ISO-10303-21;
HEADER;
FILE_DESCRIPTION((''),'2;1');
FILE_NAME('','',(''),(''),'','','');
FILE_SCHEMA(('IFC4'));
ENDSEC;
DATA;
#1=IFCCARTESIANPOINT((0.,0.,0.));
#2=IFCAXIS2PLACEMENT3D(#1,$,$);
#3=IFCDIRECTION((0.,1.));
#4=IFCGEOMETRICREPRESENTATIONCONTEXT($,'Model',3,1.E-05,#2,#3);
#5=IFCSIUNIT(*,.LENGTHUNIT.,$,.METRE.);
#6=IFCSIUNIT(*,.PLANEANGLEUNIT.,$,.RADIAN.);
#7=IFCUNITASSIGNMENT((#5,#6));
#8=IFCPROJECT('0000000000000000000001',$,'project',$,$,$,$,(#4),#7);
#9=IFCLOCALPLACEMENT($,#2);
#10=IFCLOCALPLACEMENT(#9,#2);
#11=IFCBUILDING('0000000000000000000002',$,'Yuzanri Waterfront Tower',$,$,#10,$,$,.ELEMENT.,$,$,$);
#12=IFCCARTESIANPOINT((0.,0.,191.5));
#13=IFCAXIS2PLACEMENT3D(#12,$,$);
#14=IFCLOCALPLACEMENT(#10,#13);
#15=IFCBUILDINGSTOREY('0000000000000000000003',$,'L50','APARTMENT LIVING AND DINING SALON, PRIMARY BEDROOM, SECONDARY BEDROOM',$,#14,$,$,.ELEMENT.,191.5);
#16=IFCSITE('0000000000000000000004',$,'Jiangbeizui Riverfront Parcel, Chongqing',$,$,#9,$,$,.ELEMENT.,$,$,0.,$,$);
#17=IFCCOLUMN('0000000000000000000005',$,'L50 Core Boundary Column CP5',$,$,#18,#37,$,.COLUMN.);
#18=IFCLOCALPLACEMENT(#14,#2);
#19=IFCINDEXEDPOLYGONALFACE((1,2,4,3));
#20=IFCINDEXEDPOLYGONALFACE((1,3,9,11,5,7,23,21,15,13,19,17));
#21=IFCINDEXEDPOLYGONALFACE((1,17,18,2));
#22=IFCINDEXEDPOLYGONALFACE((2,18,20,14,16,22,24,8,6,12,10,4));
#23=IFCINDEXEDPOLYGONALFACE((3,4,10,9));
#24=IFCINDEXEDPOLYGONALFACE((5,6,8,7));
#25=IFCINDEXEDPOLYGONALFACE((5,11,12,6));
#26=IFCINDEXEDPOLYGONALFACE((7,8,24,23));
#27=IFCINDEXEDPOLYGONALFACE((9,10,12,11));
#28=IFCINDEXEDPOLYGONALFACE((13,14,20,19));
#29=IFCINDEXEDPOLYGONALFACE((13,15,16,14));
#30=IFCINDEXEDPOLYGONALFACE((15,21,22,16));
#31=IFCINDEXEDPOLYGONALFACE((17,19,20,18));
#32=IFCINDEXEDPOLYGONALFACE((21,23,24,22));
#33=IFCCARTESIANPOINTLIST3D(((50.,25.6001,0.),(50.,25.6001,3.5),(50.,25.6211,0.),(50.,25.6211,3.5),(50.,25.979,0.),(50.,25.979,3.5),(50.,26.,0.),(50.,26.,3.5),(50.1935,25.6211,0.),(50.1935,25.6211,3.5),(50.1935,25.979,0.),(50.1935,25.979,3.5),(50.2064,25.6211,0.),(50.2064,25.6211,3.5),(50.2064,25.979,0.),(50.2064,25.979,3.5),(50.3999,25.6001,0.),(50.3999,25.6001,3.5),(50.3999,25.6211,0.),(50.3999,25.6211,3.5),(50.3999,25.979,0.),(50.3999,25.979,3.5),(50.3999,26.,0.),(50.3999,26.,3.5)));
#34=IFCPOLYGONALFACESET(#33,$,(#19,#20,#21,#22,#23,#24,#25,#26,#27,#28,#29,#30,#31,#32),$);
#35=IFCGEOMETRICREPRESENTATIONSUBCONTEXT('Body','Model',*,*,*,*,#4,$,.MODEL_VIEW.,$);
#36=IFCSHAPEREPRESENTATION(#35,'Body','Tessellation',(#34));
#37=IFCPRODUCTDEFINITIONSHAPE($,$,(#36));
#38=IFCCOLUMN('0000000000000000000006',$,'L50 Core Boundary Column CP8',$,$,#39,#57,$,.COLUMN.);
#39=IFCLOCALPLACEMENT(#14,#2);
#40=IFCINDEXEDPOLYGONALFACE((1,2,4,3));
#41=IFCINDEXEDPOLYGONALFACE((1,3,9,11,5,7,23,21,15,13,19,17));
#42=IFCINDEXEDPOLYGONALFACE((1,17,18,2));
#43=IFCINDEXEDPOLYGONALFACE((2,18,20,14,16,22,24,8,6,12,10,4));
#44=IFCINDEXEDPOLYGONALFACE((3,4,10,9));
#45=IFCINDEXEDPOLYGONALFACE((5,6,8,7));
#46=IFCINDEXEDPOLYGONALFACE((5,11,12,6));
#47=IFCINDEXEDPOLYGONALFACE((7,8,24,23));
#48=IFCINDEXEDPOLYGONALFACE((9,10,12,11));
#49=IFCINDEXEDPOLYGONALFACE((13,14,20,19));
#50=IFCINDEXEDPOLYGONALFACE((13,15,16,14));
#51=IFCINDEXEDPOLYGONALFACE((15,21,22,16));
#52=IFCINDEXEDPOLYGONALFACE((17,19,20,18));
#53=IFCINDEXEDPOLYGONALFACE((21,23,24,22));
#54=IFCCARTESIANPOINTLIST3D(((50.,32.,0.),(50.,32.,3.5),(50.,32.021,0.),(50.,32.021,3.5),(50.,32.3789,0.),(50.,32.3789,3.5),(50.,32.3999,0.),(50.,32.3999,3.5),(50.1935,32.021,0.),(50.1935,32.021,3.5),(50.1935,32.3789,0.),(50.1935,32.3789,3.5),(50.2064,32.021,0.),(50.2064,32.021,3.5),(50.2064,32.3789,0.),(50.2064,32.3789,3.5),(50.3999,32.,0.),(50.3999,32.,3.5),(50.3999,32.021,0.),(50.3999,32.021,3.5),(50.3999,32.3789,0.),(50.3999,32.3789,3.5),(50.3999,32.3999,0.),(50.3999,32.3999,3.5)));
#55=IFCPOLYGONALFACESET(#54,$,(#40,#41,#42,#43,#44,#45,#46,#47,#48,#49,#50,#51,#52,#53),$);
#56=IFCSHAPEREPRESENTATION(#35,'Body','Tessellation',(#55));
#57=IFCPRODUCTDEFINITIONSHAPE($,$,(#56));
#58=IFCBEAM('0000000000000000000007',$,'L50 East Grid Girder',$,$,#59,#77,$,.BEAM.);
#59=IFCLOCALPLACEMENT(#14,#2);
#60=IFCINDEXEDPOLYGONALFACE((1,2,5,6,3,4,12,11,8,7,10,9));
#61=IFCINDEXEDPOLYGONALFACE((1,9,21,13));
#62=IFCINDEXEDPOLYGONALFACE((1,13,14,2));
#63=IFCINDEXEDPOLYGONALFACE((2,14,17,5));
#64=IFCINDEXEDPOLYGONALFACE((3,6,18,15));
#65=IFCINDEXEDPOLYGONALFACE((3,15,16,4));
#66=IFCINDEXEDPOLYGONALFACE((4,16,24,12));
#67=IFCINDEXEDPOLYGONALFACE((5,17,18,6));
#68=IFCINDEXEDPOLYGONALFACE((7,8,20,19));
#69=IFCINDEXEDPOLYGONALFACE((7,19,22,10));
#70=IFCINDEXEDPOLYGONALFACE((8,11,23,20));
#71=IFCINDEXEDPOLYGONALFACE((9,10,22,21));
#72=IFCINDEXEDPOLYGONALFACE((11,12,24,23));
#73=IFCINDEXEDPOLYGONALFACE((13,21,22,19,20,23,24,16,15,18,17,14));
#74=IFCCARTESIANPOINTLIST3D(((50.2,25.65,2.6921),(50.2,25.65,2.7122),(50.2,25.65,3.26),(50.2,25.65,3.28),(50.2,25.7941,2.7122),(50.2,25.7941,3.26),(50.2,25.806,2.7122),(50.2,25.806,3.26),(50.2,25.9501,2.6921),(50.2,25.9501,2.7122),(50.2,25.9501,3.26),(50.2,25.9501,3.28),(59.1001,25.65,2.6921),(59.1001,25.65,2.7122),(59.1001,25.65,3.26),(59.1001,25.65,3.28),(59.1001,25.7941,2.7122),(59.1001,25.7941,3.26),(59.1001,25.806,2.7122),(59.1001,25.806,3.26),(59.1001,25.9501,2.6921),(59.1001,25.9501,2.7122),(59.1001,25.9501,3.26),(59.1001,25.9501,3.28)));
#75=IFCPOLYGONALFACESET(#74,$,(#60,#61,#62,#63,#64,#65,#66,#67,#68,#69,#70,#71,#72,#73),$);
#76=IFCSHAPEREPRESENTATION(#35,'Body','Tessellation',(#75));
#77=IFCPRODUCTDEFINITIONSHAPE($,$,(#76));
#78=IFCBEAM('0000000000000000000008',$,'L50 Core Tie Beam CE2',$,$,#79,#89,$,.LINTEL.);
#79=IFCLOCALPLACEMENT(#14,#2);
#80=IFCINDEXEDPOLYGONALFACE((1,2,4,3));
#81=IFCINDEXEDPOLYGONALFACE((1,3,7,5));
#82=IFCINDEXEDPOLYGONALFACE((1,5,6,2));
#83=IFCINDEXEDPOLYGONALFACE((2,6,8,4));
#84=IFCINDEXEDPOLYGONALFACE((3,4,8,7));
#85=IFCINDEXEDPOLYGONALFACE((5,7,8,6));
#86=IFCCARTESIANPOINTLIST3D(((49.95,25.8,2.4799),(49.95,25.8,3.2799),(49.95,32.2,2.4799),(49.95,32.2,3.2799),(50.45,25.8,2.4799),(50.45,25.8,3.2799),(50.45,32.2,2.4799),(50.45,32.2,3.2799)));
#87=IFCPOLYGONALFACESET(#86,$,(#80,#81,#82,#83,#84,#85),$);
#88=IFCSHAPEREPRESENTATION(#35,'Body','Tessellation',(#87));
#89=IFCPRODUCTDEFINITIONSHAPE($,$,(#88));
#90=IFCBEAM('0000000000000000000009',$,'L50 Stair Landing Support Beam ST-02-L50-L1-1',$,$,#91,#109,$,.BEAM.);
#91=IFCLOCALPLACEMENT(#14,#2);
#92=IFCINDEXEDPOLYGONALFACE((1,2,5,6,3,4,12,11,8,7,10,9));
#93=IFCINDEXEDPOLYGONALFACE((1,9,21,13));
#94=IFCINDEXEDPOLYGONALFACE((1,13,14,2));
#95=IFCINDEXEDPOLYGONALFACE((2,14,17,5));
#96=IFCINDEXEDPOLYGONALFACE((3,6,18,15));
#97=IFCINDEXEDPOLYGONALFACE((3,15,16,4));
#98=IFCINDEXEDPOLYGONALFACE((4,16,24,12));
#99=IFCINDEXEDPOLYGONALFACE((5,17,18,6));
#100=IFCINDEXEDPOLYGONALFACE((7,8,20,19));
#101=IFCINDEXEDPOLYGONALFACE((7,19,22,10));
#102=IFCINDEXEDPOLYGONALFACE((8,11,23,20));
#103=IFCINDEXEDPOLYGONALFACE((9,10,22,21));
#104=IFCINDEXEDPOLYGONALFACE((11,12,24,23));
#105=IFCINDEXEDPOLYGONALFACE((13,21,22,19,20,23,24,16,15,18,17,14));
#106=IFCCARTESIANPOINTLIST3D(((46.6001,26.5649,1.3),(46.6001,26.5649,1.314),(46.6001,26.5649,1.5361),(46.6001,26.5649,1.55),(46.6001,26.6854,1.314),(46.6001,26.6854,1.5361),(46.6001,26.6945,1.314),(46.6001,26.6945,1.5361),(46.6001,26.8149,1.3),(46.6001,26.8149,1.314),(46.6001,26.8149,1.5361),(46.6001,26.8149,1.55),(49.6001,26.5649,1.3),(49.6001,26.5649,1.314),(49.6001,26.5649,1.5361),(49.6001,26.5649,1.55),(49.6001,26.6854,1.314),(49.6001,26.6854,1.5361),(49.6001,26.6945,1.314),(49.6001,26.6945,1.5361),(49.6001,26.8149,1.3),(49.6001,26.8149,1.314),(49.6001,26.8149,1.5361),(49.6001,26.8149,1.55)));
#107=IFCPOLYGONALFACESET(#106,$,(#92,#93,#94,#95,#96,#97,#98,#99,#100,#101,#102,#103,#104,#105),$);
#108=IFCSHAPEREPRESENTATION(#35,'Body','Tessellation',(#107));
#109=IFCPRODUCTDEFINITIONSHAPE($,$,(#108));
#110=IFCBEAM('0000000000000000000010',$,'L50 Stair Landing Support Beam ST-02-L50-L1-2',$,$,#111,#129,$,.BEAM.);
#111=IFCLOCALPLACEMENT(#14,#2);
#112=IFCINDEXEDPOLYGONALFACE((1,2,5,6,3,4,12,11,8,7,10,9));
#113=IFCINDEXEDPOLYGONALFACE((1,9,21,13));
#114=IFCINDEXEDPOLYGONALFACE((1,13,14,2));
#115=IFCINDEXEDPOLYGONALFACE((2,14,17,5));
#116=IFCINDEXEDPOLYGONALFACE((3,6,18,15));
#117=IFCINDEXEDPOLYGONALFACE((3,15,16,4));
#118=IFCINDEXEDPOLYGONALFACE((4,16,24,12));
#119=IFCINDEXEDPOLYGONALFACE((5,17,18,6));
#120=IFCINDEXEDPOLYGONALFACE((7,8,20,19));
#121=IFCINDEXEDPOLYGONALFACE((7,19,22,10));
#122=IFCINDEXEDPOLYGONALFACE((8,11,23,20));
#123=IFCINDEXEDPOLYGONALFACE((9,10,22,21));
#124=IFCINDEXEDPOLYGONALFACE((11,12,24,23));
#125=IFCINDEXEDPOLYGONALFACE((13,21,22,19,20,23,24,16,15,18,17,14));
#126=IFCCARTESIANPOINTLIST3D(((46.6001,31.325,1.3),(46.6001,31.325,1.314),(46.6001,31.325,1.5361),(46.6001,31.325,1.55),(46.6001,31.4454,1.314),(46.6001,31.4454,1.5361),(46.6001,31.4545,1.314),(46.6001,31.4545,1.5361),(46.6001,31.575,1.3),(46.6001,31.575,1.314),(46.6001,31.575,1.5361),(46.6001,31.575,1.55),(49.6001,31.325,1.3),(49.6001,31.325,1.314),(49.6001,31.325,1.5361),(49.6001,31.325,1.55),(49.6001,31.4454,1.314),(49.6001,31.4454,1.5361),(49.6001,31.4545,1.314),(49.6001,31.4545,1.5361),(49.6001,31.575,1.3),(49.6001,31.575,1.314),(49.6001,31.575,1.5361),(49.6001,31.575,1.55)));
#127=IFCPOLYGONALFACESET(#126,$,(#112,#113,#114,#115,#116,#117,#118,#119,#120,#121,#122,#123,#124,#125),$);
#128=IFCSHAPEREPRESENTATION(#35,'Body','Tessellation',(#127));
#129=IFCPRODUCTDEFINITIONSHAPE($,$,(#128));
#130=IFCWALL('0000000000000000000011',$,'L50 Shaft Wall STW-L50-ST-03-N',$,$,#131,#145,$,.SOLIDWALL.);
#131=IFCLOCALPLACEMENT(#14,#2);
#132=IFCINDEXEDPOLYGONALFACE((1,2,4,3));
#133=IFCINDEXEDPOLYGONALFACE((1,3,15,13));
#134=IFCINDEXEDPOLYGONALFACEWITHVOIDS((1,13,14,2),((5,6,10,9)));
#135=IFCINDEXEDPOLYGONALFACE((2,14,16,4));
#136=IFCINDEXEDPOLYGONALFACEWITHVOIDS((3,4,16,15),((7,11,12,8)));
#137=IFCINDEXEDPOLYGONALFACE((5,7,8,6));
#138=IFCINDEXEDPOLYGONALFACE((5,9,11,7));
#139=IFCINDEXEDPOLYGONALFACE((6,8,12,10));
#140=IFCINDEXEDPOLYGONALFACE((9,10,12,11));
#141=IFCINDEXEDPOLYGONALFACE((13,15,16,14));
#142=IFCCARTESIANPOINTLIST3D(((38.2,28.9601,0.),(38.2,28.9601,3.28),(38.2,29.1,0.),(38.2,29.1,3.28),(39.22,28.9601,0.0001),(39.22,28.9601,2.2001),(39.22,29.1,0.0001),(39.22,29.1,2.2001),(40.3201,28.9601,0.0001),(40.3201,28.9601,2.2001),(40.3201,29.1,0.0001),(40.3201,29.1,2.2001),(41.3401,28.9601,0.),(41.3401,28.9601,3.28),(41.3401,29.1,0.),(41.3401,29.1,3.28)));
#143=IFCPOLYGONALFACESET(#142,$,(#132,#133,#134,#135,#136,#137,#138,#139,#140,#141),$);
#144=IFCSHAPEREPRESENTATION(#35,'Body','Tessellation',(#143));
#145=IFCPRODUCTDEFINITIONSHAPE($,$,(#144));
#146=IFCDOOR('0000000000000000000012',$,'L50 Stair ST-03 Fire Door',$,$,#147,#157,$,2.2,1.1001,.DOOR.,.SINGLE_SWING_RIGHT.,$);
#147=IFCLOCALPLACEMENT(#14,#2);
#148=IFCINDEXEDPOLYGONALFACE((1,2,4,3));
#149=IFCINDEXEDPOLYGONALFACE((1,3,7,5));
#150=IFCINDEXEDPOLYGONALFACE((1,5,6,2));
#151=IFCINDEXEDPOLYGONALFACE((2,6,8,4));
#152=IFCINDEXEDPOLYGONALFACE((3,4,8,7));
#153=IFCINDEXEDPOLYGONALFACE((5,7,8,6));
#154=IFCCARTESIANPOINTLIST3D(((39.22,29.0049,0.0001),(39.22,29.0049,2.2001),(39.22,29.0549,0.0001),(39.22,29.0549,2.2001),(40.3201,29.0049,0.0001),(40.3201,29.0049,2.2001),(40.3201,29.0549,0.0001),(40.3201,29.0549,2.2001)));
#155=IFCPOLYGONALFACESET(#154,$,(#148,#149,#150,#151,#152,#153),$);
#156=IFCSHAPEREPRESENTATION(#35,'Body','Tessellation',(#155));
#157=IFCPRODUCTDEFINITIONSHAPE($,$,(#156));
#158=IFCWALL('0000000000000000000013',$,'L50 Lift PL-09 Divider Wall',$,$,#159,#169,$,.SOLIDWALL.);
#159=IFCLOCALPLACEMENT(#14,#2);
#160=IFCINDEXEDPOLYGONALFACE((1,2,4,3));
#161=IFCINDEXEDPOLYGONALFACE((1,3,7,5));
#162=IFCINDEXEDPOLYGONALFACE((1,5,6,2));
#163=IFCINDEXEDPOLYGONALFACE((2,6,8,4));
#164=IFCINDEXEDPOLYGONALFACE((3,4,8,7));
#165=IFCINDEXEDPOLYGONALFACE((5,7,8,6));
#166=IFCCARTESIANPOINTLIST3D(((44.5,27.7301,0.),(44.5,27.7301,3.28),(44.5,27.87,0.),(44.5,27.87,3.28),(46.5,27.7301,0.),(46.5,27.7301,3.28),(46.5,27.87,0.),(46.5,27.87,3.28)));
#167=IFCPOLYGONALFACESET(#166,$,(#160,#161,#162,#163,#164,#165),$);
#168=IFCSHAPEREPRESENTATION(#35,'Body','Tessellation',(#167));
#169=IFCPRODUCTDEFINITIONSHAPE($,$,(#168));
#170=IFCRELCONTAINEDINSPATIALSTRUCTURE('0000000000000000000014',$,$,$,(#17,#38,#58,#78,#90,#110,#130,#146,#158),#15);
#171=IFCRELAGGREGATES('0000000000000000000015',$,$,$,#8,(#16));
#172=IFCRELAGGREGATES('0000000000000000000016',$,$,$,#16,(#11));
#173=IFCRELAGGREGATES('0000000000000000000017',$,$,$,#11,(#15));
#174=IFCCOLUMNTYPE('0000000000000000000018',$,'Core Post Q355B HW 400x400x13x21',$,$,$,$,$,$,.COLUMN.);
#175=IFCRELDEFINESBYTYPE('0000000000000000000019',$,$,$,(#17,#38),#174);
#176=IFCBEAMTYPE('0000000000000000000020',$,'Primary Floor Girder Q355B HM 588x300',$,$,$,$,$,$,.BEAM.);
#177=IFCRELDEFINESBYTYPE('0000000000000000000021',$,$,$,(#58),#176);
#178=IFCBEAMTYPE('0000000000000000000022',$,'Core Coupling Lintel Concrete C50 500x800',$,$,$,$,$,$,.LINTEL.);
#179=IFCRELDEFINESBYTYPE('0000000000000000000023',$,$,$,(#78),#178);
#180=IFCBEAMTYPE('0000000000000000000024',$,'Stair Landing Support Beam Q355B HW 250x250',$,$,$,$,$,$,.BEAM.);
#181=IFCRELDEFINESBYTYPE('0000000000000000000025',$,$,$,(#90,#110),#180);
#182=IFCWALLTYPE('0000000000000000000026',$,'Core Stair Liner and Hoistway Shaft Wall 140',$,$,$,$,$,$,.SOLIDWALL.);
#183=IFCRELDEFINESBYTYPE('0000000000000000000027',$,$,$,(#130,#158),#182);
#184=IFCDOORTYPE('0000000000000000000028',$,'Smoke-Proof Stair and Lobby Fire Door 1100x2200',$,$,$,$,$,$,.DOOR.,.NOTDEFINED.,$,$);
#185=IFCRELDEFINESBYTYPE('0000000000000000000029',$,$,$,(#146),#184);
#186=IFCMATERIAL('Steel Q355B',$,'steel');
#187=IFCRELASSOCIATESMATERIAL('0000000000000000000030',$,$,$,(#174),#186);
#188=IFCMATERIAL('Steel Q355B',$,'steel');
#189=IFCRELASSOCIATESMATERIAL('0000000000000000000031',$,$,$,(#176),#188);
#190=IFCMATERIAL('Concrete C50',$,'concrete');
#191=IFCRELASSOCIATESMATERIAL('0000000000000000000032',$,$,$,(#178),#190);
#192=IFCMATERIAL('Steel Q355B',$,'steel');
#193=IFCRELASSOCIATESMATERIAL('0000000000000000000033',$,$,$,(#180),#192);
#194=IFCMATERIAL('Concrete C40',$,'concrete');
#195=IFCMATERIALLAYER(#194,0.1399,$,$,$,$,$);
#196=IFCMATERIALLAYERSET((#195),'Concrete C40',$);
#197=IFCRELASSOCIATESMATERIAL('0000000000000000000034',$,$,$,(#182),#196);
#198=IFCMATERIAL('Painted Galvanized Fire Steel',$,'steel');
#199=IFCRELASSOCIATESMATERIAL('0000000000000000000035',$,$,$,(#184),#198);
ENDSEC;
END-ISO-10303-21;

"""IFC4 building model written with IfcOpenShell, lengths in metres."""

from ifc_helpers import new_model, si_unit, direction, frame, frame_2d, origin, origin_2d, place, context, subcontext, project, spatial, rectangle, i_section, extrude, source, transform, mapped, material, layer, layer_set, material_profile, profile_set, type_object, element, fill, save


model = new_model("IFC4")

# Units and contexts
model_context = context("Model", 3, precision=1e-05, world=origin(), true_north=direction((0.0, 1.0)))
body_context = subcontext(model_context, "Body", "Model", "MODEL_VIEW")
ifc_project = project(units=[si_unit("LENGTHUNIT", "METRE"), si_unit("PLANEANGLEUNIT", "RADIAN")], contexts=[model_context])

# Site, building, storey
site_placement = place(None, origin())
site = spatial("IfcSite", under=ifc_project, at=site_placement, Name="Jiangbeizui Riverfront Parcel, Chongqing", CompositionType="ELEMENT", RefElevation=0.0)
building_placement = place(site_placement, origin())
building = spatial("IfcBuilding", under=site, at=building_placement, Name="Yuzanri Waterfront Tower", CompositionType="ELEMENT")
storey_placement = place(building_placement, frame((0.0, 0.0, 191.5)))
storey = spatial("IfcBuildingStorey", under=building, at=storey_placement, Name="L50", Description="APARTMENT LIVING AND DINING SALON, PRIMARY BEDROOM, SECONDARY BEDROOM", CompositionType="ELEMENT", Elevation=191.5)

# Columns
ifc_material_1 = material(Name="Steel Q355B", Category="steel")
ifc_material_profile_1 = material_profile(ifc_material_1, i_section(OverallWidth=0.3999, OverallDepth=0.3999, WebThickness=0.0129, FlangeThickness=0.021, at=origin_2d()), Name="HW 400x400x13x21")
ifc_profile_set_1 = profile_set([ifc_material_profile_1], Name="Steel Q355B")
column_type = type_object("IfcColumnType", Name="Core Post Q355B HW 400x400x13x21", PredefinedType="COLUMN", material=ifc_profile_set_1)
shared_shape_1 = source(origin(), body_context, "Body", "SweptSolid", [
    extrude(i_section(OverallWidth=0.3999, OverallDepth=0.3999, WebThickness=0.0129, FlangeThickness=0.021, at=origin_2d()), origin(), (0.0, 0.0, 1.0), 3.5),
])
for number, where, z_axis, x_axis, name in (
    (1, (50.2, 25.8, 0.0), (0.0, 0.0, 1.0), (1.0, 0.0, 0.0), "L50 Core Boundary Column CP5"),
    (2, (50.2, 32.2, 0.0), (0.0, 0.0, 1.0), (1.0, 0.0, 0.0), "L50 Core Boundary Column CP8"),
):
    element("IfcColumn", number, at=place(storey_placement, frame(where, z_axis=z_axis, x_axis=x_axis)), inside=storey, type_object=column_type, Name=name, PredefinedType="COLUMN", context=body_context, shape_type="MappedRepresentation", body=[
        mapped(shared_shape_1, transform((0.0, 0.0, 0.0), scale=1.0)),
    ])

# Beams
ifc_material_2 = material(Name="Steel Q355B", Category="steel")
ifc_material_profile_2 = material_profile(ifc_material_2, i_section(OverallWidth=0.3, OverallDepth=0.5879, WebThickness=0.012, FlangeThickness=0.02, at=origin_2d()), Name="HM 588x300x12x20")
ifc_profile_set_2 = profile_set([ifc_material_profile_2], Name="Steel Q355B")
beam_type_1 = type_object("IfcBeamType", Name="Primary Floor Girder Q355B HM 588x300", PredefinedType="BEAM", material=ifc_profile_set_2)
shared_shape_2 = source(origin(), body_context, "Body", "SweptSolid", [
    extrude(i_section(OverallWidth=0.3, OverallDepth=0.5879, WebThickness=0.012, FlangeThickness=0.02, at=origin_2d()), origin(), (0.0, 0.0, 1.0), 8.9001),
])
beam_1_placement = place(storey_placement, frame((50.2, 25.8, 2.9861), z_axis=(1.0, 0.0, 0.0), x_axis=(0.0, 1.0, 0.0)))
element("IfcBeam", 3, at=beam_1_placement, inside=storey, type_object=beam_type_1, Name="L50 East Grid Girder", PredefinedType="BEAM", context=body_context, shape_type="MappedRepresentation", body=[
    mapped(shared_shape_2, transform((0.0, 0.0, 0.0), scale=1.0)),
])
ifc_material_3 = material(Name="Concrete C50", Category="concrete")
ifc_material_profile_3 = material_profile(ifc_material_3, rectangle(XDim=0.5, YDim=0.8, at=origin_2d()), Name="RC 500x800")
ifc_profile_set_3 = profile_set([ifc_material_profile_3], Name="Concrete C50")
beam_type_2 = type_object("IfcBeamType", Name="Core Coupling Lintel Concrete C50 500x800", PredefinedType="LINTEL", material=ifc_profile_set_3)
shared_shape_3 = source(origin(), body_context, "Body", "SweptSolid", [
    extrude(rectangle(XDim=0.5, YDim=0.8, at=origin_2d()), origin(), (0.0, 0.0, 1.0), 6.3999),
])
beam_2_placement = place(storey_placement, frame((50.2, 25.8, 2.8799), z_axis=(0.0, 1.0, 0.0), x_axis=(-1.0, 0.0, 0.0)))
element("IfcBeam", 4, at=beam_2_placement, inside=storey, type_object=beam_type_2, Name="L50 Core Tie Beam CE2", PredefinedType="LINTEL", context=body_context, shape_type="MappedRepresentation", body=[
    mapped(shared_shape_3, transform((0.0, 0.0, 0.0), scale=1.0)),
])
ifc_material_4 = material(Name="Steel Q355B", Category="steel")
ifc_material_profile_4 = material_profile(ifc_material_4, i_section(OverallWidth=0.25, OverallDepth=0.25, WebThickness=0.009, FlangeThickness=0.0139, at=origin_2d()), Name="HW 250x250x9x14")
ifc_profile_set_4 = profile_set([ifc_material_profile_4], Name="Steel Q355B")
beam_type_3 = type_object("IfcBeamType", Name="Stair Landing Support Beam Q355B HW 250x250", PredefinedType="BEAM", material=ifc_profile_set_4)
shared_shape_4 = source(origin(), body_context, "Body", "SweptSolid", [
    extrude(i_section(OverallWidth=0.25, OverallDepth=0.25, WebThickness=0.009, FlangeThickness=0.0139, at=origin_2d()), origin(), (0.0, 0.0, 1.0), 3.0),
])
for number, where, z_axis, x_axis, name in (
    (5, (46.6001, 26.6899, 1.425), (1.0, 0.0, 0.0), (0.0, 1.0, 0.0), "L50 Stair Landing Support Beam ST-02-L50-L1-1"),
    (6, (46.6001, 31.45, 1.425), (1.0, 0.0, 0.0), (0.0, 1.0, 0.0), "L50 Stair Landing Support Beam ST-02-L50-L1-2"),
):
    element("IfcBeam", number, at=place(storey_placement, frame(where, z_axis=z_axis, x_axis=x_axis)), inside=storey, type_object=beam_type_3, Name=name, PredefinedType="BEAM", context=body_context, shape_type="MappedRepresentation", body=[
        mapped(shared_shape_4, transform((0.0, 0.0, 0.0), scale=1.0)),
    ])

# Wall, opening, door
ifc_material_5 = material(Name="Concrete C40", Category="concrete")
ifc_layer_1 = layer(ifc_material_5, 0.1399)
ifc_layer_set_1 = layer_set([ifc_layer_1], Name="Concrete C40")
wall_type_1 = type_object("IfcWallType", Name="Core Stair Liner and Hoistway Shaft Wall 140", PredefinedType="SOLIDWALL", material=ifc_layer_set_1)
wall_1_placement = place(storey_placement, frame((38.2, 29.03, 0.0), z_axis=(0.0, 0.0, 1.0), x_axis=(1.0, 0.0, 0.0)))
wall_1 = element("IfcWall", 7, at=wall_1_placement, inside=storey, type_object=wall_type_1, Name="L50 Shaft Wall STW-L50-ST-03-N", PredefinedType="SOLIDWALL", context=body_context, shape_type="SweptSolid", body=[
    extrude(rectangle(XDim=3.1401, YDim=0.1399, at=frame_2d((1.5701, 0.0))), origin(), (0.0, 0.0, 1.0), 3.28),
])
opening_placement = place(wall_1_placement, frame((1.02, 0.0, 0.0)))
opening = element("IfcOpeningElement", 8, at=opening_placement, cuts=wall_1, PredefinedType="OPENING", context=body_context, shape_type="SweptSolid", body=[
    extrude(rectangle(XDim=1.1001, YDim=2.2, at=frame_2d((0.55, 1.1001))), frame((0.0, 0.085, 0.0), z_axis=(0.0, -1.0, 0.0), x_axis=(1.0, 0.0, 0.0)), (0.0, 0.0, 1.0), 0.1697),
])
ifc_material_6 = material(Name="Painted Galvanized Fire Steel", Category="steel")
door_type = type_object("IfcDoorType", Name="Smoke-Proof Stair and Lobby Fire Door 1100x2200", OperationType="NOTDEFINED", PredefinedType="DOOR", material=ifc_material_6)
shared_shape_5 = source(origin(), body_context, "Body", "SweptSolid", [
    extrude(rectangle(XDim=1.1001, YDim=2.2, at=frame_2d((0.55, 1.1001))), frame((0.0, 0.0249, 0.0), z_axis=(0.0, -1.0, 0.0), x_axis=(1.0, 0.0, 0.0)), (0.0, 0.0, 1.0), 0.05),
])
door_placement = place(opening_placement, origin())
door = element("IfcDoor", 9, at=door_placement, inside=storey, type_object=door_type, Name="L50 Stair ST-03 Fire Door", OperationType="SINGLE_SWING_RIGHT", OverallHeight=2.2, OverallWidth=1.1001, PredefinedType="DOOR", context=body_context, shape_type="MappedRepresentation", body=[
    mapped(shared_shape_5, transform((0.0, 0.0, 0.0), scale=1.0)),
])
fill(opening, door)

# Wall
shared_shape_6 = source(origin(), body_context, "Body", "SweptSolid", [
    extrude(rectangle(XDim=2.0, YDim=0.1399, at=frame_2d((1.0, 0.0))), origin(), (0.0, 0.0, 1.0), 3.28),
])
for number, where, z_axis, x_axis, name in (
    (10, (44.5, 27.8, 0.0), (0.0, 0.0, 1.0), (1.0, 0.0, 0.0), "L50 Lift PL-09 Divider Wall"),
):
    element("IfcWall", number, at=place(storey_placement, frame(where, z_axis=z_axis, x_axis=x_axis)), inside=storey, type_object=wall_type_1, Name=name, PredefinedType="SOLIDWALL", context=body_context, shape_type="MappedRepresentation", body=[
        mapped(shared_shape_6, transform((0.0, 0.0, 0.0), scale=1.0)),
    ])

save(model, "model.ifc")
